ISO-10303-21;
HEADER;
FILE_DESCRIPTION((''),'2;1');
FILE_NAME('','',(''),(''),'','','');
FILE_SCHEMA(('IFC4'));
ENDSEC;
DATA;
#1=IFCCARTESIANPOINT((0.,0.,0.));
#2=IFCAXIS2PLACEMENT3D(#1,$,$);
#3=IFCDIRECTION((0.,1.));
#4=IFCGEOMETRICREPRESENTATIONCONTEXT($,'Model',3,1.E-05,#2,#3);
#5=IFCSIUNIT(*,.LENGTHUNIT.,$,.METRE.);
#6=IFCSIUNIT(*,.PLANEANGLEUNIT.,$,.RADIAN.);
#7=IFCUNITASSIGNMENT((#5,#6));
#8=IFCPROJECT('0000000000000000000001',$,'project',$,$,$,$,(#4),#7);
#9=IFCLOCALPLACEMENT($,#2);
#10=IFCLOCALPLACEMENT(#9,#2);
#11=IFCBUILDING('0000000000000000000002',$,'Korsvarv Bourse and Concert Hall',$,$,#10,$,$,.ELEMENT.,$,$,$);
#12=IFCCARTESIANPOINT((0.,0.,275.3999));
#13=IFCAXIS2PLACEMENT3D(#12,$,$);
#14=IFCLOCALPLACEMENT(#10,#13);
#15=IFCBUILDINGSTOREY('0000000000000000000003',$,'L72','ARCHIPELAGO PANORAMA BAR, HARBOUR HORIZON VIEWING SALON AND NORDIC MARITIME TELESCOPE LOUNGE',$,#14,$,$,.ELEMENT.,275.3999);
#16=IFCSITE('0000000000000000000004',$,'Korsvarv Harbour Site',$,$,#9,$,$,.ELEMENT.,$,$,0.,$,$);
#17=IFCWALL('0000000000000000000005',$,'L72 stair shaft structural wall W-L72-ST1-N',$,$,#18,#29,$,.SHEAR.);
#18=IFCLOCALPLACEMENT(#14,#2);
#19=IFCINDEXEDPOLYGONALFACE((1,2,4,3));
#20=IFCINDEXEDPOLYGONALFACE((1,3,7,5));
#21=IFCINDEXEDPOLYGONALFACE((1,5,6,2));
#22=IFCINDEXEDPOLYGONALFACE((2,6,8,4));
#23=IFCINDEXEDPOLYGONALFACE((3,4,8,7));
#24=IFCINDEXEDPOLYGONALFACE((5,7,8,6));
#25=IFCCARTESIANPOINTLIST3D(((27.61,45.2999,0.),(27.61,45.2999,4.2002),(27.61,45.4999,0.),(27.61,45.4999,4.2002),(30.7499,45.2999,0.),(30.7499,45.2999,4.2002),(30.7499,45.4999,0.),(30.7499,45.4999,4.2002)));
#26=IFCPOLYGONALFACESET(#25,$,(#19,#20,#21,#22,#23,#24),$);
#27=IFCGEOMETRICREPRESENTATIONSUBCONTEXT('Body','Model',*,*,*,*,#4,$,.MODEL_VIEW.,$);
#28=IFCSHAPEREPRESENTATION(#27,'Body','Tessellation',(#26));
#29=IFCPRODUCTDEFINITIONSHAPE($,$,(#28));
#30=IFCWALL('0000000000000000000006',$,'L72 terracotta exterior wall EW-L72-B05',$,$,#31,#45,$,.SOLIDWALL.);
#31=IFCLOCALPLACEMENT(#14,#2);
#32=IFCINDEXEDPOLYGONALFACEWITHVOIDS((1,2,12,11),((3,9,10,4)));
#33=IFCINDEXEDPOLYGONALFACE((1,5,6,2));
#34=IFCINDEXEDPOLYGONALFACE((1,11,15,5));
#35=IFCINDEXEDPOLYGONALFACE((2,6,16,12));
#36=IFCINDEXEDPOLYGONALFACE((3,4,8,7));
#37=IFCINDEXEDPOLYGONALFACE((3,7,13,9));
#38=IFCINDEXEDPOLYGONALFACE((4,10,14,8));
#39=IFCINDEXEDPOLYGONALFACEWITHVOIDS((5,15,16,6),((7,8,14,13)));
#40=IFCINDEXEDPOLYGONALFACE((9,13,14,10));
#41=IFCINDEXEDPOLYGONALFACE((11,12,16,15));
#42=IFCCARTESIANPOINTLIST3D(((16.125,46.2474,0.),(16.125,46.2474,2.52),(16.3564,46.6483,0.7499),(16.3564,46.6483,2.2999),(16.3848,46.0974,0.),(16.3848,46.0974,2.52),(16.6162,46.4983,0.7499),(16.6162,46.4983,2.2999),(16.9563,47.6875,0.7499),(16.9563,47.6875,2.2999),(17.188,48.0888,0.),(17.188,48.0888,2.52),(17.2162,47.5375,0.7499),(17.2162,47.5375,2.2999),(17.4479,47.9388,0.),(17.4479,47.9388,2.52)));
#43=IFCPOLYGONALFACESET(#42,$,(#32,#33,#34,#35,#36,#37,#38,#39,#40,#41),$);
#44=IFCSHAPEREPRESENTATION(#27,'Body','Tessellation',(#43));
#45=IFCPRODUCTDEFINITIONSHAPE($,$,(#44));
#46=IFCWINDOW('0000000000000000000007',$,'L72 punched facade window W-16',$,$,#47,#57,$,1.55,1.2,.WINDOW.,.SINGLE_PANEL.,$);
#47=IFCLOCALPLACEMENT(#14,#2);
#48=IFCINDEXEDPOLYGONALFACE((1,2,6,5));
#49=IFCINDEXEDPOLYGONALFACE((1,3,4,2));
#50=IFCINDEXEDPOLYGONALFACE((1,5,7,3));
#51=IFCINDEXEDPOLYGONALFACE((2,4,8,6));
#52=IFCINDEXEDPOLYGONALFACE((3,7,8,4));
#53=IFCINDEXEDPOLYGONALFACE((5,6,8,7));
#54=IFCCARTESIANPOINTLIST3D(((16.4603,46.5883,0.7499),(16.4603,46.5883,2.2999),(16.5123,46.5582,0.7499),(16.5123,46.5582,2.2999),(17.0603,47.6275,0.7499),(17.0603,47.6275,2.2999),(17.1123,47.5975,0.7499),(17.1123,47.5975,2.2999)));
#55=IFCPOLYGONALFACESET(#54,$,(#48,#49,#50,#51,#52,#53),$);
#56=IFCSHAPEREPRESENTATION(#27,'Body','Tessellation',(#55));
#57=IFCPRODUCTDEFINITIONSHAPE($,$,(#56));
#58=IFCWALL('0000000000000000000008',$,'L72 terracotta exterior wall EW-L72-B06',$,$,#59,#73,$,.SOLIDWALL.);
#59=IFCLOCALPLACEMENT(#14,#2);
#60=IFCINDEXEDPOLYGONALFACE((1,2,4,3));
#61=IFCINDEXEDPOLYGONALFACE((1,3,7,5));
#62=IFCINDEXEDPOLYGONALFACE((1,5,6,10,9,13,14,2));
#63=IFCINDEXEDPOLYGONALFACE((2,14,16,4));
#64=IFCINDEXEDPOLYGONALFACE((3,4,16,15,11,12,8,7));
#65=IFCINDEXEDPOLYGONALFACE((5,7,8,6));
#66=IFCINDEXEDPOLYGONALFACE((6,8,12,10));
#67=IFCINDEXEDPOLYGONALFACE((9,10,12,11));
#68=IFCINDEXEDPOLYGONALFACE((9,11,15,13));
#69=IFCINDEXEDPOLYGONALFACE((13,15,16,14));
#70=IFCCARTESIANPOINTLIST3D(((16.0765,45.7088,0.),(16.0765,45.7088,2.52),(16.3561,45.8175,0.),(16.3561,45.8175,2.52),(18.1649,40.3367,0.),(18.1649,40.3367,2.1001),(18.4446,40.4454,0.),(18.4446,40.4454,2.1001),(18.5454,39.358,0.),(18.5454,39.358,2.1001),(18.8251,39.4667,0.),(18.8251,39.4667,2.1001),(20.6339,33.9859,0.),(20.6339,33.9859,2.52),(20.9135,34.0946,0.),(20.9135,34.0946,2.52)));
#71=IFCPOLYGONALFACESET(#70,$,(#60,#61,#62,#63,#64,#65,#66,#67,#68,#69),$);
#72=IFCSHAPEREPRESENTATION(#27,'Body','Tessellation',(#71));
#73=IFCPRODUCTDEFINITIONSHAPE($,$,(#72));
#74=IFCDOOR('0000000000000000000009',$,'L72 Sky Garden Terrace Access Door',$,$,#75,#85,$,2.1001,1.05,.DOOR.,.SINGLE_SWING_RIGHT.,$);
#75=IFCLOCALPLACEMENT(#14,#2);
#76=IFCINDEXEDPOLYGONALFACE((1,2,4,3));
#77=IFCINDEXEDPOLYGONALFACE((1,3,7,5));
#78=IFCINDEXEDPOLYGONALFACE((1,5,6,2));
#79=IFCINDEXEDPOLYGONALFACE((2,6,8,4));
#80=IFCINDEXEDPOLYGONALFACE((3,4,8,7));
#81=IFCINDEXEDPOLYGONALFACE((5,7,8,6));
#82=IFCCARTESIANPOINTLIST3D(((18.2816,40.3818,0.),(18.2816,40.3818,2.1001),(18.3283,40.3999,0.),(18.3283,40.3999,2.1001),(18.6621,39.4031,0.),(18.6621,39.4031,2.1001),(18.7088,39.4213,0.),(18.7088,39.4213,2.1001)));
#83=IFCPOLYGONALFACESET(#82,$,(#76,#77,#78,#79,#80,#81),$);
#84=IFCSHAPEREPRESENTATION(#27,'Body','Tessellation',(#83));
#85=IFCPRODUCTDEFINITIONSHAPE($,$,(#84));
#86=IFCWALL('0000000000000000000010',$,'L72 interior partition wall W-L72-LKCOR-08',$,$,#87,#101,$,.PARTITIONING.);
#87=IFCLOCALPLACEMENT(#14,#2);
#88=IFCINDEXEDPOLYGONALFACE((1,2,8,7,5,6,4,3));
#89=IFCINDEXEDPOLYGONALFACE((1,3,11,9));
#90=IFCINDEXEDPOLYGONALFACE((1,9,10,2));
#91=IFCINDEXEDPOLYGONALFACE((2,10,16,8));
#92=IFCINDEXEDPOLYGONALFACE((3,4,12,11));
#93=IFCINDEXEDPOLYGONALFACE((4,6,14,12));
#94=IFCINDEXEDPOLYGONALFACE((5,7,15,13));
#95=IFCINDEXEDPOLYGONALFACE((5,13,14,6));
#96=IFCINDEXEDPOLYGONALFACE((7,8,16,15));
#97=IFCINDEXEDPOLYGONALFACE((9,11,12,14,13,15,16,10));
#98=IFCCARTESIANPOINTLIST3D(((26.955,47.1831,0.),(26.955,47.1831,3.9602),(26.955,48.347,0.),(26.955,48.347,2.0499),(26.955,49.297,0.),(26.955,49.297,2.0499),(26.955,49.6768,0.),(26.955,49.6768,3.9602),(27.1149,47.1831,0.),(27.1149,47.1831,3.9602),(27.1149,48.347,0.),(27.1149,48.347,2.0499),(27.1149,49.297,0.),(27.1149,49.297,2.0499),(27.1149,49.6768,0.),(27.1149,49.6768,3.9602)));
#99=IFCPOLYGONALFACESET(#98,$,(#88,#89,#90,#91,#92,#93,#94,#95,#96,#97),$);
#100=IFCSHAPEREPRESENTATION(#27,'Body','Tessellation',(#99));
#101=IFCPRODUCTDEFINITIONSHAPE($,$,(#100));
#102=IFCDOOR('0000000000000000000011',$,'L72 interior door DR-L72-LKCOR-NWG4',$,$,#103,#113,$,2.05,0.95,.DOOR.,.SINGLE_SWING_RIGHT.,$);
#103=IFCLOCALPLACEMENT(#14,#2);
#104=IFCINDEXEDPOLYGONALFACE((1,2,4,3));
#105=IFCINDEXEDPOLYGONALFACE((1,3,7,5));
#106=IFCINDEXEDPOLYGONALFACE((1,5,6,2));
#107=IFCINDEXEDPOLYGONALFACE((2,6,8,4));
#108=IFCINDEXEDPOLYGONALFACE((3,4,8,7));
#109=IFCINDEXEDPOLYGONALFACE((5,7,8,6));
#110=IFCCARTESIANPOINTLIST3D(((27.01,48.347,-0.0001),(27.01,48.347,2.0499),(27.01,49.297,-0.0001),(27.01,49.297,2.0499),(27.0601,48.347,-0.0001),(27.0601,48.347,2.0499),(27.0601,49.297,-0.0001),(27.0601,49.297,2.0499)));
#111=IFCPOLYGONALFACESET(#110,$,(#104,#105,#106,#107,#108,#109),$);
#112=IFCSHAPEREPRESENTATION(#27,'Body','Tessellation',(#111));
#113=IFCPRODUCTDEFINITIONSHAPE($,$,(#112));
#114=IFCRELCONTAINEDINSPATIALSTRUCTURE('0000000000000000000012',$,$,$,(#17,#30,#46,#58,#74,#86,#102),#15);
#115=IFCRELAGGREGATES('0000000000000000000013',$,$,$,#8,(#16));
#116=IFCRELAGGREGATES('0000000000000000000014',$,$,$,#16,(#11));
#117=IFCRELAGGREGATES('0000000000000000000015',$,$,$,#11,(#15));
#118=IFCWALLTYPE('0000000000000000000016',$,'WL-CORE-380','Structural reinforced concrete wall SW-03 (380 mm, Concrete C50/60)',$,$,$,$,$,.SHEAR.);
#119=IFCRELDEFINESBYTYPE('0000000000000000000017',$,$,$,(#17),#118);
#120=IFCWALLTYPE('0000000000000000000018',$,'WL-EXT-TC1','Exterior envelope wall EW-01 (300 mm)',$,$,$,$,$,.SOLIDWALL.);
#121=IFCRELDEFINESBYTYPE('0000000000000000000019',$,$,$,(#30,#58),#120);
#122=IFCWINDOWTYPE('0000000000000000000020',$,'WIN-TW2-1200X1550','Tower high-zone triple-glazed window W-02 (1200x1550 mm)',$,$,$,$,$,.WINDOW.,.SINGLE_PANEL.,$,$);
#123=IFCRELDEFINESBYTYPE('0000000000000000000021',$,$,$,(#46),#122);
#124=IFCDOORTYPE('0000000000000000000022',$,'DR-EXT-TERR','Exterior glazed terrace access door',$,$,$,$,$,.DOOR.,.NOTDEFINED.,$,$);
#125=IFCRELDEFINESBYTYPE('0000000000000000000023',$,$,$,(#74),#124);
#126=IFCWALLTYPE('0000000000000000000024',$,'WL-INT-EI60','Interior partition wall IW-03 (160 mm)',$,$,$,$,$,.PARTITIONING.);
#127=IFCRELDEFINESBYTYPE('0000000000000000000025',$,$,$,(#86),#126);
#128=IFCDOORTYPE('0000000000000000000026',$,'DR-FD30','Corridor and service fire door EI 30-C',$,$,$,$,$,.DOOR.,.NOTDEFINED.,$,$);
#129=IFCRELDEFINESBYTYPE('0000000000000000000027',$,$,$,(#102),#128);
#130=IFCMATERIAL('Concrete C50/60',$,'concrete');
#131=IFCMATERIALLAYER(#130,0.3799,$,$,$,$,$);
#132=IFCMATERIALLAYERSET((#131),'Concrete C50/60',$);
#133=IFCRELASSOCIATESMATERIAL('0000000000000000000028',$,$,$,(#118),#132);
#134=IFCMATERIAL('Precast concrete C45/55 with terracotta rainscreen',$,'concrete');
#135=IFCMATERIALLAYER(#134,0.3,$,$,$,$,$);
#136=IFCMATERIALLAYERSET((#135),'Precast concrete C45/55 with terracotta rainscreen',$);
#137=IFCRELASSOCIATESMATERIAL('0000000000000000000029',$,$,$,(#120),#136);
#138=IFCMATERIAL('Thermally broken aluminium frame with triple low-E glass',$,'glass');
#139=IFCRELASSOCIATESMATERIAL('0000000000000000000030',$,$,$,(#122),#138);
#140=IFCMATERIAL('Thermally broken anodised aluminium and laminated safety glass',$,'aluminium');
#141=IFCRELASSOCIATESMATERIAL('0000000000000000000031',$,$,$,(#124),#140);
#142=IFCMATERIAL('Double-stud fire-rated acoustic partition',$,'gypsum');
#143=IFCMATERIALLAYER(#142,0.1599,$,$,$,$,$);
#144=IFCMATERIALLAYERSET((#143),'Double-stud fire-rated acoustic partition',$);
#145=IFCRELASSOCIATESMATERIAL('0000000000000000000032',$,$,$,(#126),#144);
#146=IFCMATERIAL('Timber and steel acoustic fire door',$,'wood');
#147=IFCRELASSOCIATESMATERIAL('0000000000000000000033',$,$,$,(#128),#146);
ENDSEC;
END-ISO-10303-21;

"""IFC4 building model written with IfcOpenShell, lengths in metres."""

from ifc_helpers import new_model, si_unit, direction, frame, frame_2d, origin, place, context, subcontext, project, spatial, rectangle, extrude, material, layer, layer_set, type_object, element, fill, save


model = new_model("IFC4")

# Units and contexts
model_context = context("Model", 3, precision=1e-05, world=origin(), true_north=direction((0.0, 1.0)))
body_context = subcontext(model_context, "Body", "Model", "MODEL_VIEW")
ifc_project = project(units=[si_unit("LENGTHUNIT", "METRE"), si_unit("PLANEANGLEUNIT", "RADIAN")], contexts=[model_context])

# Site, building, storey
site_placement = place(None, origin())
site = spatial("IfcSite", under=ifc_project, at=site_placement, Name="Korsvarv Harbour Site", CompositionType="ELEMENT", RefElevation=0.0)
building_placement = place(site_placement, origin())
building = spatial("IfcBuilding", under=site, at=building_placement, Name="Korsvarv Bourse and Concert Hall", CompositionType="ELEMENT")
storey_placement = place(building_placement, frame((0.0, 0.0, 275.3999)))
storey = spatial("IfcBuildingStorey", under=building, at=storey_placement, Name="L72", Description="ARCHIPELAGO PANORAMA BAR, HARBOUR HORIZON VIEWING SALON AND NORDIC MARITIME TELESCOPE LOUNGE", CompositionType="ELEMENT", Elevation=275.3999)

# Shared definitions
ifc_material_1 = material(Name="Concrete C50/60", Category="concrete")

# Wall
ifc_layer_1 = layer(ifc_material_1, 0.3799)
ifc_layer_set_1 = layer_set([ifc_layer_1], Name="Concrete C50/60")
wall_type_1 = type_object("IfcWallType", Name="WL-CORE-380", Description="Structural reinforced concrete wall SW-03 (380 mm, Concrete C50/60)", PredefinedType="SHEAR", material=ifc_layer_set_1)
wall_1_placement = place(storey_placement, frame((27.6101, 45.3999, 0.0), z_axis=(0.0, 0.0, 1.0), x_axis=(1.0, 0.0, 0.0)))
element("IfcWall", 1, at=wall_1_placement, inside=storey, type_object=wall_type_1, Name="L72 stair shaft structural wall W-L72-ST1-N", PredefinedType="SHEAR", context=body_context, shape_type="SweptSolid", body=[
    extrude(rectangle(XDim=3.1399, YDim=0.2, at=frame_2d((1.5698, 0.0))), origin(), (0.0, 0.0, 1.0), 4.2002),
])

# Wall, opening, window
ifc_material_2 = material(Name="Precast concrete C45/55 with terracotta rainscreen", Category="concrete")
ifc_layer_2 = layer(ifc_material_2, 0.3)
ifc_layer_set_2 = layer_set([ifc_layer_2], Name="Precast concrete C45/55 with terracotta rainscreen")
wall_type_2 = type_object("IfcWallType", Name="WL-EXT-TC1", Description="Exterior envelope wall EW-01 (300 mm)", PredefinedType="SOLIDWALL", material=ifc_layer_set_2)
wall_2_placement = place(storey_placement, frame((17.3179, 48.0137, 0.0), z_axis=(0.0, 0.0, 1.0), x_axis=(-0.499968, -0.866044, 0.0)))
wall_2 = element("IfcWall", 2, at=wall_2_placement, inside=storey, type_object=wall_type_2, Name="L72 terracotta exterior wall EW-L72-B05", PredefinedType="SOLIDWALL", context=body_context, shape_type="SweptSolid", body=[
    extrude(rectangle(XDim=2.1262, YDim=0.3, at=frame_2d((1.063, 0.0))), origin(), (0.0, 0.0, 1.0), 2.52),
])
opening_1_placement = place(wall_2_placement, frame((0.4631, 0.0, 0.75)))
opening_1 = element("IfcOpeningElement", 3, at=opening_1_placement, cuts=wall_2, PredefinedType="OPENING", context=body_context, shape_type="SweptSolid", body=[
    extrude(rectangle(XDim=1.2, YDim=1.55, at=frame_2d((0.6001, 0.7749))), frame((0.0, 0.1602, 0.0), z_axis=(0.0, -1.0, 0.0), x_axis=(1.0, 0.0, 0.0)), (0.0, 0.0, 1.0), 0.3201),
])
ifc_material_3 = material(Name="Thermally broken aluminium frame with triple low-E glass", Category="glass")
window_type = type_object("IfcWindowType", Name="WIN-TW2-1200X1550", Description="Tower high-zone triple-glazed window W-02 (1200x1550 mm)", PartitioningType="SINGLE_PANEL", PredefinedType="WINDOW", material=ifc_material_3)
window_placement = place(opening_1_placement, origin())
window = element("IfcWindow", 4, at=window_placement, inside=storey, type_object=window_type, Name="L72 punched facade window W-16", OverallHeight=1.55, OverallWidth=1.2, PartitioningType="SINGLE_PANEL", PredefinedType="WINDOW", context=body_context, shape_type="SweptSolid", body=[
    extrude(rectangle(XDim=1.2, YDim=1.55, at=frame_2d((0.6001, 0.7749))), frame((0.0, 0.03, 0.0), z_axis=(0.0, -1.0, 0.0), x_axis=(1.0, 0.0, 0.0)), (0.0, 0.0, 1.0), 0.0601),
])
fill(opening_1, window)

# Walls, openings, doors
wall_3_placement = place(storey_placement, frame((16.2163, 45.7632, 0.0), z_axis=(0.0, 0.0, 1.0), x_axis=(0.36234, -0.932046, 0.0)))
wall_3 = element("IfcWall", 5, at=wall_3_placement, inside=storey, type_object=wall_type_2, Name="L72 terracotta exterior wall EW-L72-B06", PredefinedType="SOLIDWALL", context=body_context, shape_type="SweptSolid", body=[
    extrude(rectangle(XDim=12.5776, YDim=0.3, at=frame_2d((6.2888, 0.0))), origin(), (0.0, 0.0, 1.0), 2.52),
])
opening_2_placement = place(wall_3_placement, frame((5.7639, 0.0, 0.0)))
opening_2 = element("IfcOpeningElement", 6, at=opening_2_placement, cuts=wall_3, PredefinedType="OPENING", context=body_context, shape_type="SweptSolid", body=[
    extrude(rectangle(XDim=1.05, YDim=2.1001, at=frame_2d((0.5249, 1.05))), frame((0.0, 0.1602, 0.0), z_axis=(0.0, -1.0, 0.0), x_axis=(1.0, 0.0, 0.0)), (0.0, 0.0, 1.0), 0.3201),
])
ifc_material_4 = material(Name="Thermally broken anodised aluminium and laminated safety glass", Category="aluminium")
door_type_1 = type_object("IfcDoorType", Name="DR-EXT-TERR", Description="Exterior glazed terrace access door", OperationType="NOTDEFINED", PredefinedType="DOOR", material=ifc_material_4)
door_1_placement = place(opening_2_placement, frame((1.05, 0.0, 0.0), z_axis=(0.0, 0.0, 1.0), x_axis=(-1.0, 0.0, 0.0)))
door_1 = element("IfcDoor", 7, at=door_1_placement, inside=storey, type_object=door_type_1, Name="L72 Sky Garden Terrace Access Door", OperationType="SINGLE_SWING_RIGHT", OverallHeight=2.1001, OverallWidth=1.05, PredefinedType="DOOR", context=body_context, shape_type="SweptSolid", body=[
    extrude(rectangle(XDim=1.05, YDim=2.1001, at=frame_2d((0.5249, 1.05))), frame((0.0, 0.0249, 0.0), z_axis=(0.0, -1.0, 0.0), x_axis=(1.0, 0.0, 0.0)), (0.0, 0.0, 1.0), 0.05),
])
fill(opening_2, door_1)
ifc_material_5 = material(Name="Double-stud fire-rated acoustic partition", Category="gypsum")
ifc_layer_3 = layer(ifc_material_5, 0.1599)
ifc_layer_set_3 = layer_set([ifc_layer_3], Name="Double-stud fire-rated acoustic partition")
wall_type_3 = type_object("IfcWallType", Name="WL-INT-EI60", Description="Interior partition wall IW-03 (160 mm)", PredefinedType="PARTITIONING", material=ifc_layer_set_3)
wall_4_placement = place(storey_placement, frame((27.0349, 47.1831, 0.0), z_axis=(0.0, 0.0, 1.0), x_axis=(0.0, 1.0, 0.0)))
wall_4 = element("IfcWall", 8, at=wall_4_placement, inside=storey, type_object=wall_type_3, Name="L72 interior partition wall W-L72-LKCOR-08", PredefinedType="PARTITIONING", context=body_context, shape_type="SweptSolid", body=[
    extrude(rectangle(XDim=2.4937, YDim=0.1599, at=frame_2d((1.2468, 0.0))), origin(), (0.0, 0.0, 1.0), 3.9602),
])
opening_3_placement = place(wall_4_placement, frame((1.1638, 0.0, 0.0)))
opening_3 = element("IfcOpeningElement", 9, at=opening_3_placement, cuts=wall_4, PredefinedType="OPENING", context=body_context, shape_type="SweptSolid", body=[
    extrude(rectangle(XDim=0.95, YDim=2.05, at=frame_2d((0.4751, 1.0249))), frame((0.0, 0.0898, 0.0), z_axis=(0.0, -1.0, 0.0), x_axis=(1.0, 0.0, 0.0)), (0.0, 0.0, 1.0), 0.1799),
])
ifc_material_6 = material(Name="Timber and steel acoustic fire door", Category="wood")
door_type_2 = type_object("IfcDoorType", Name="DR-FD30", Description="Corridor and service fire door EI 30-C", OperationType="NOTDEFINED", PredefinedType="DOOR", material=ifc_material_6)
door_2_placement = place(opening_3_placement, origin())
door_2 = element("IfcDoor", 10, at=door_2_placement, inside=storey, type_object=door_type_2, Name="L72 interior door DR-L72-LKCOR-NWG4", OperationType="SINGLE_SWING_RIGHT", OverallHeight=2.05, OverallWidth=0.95, PredefinedType="DOOR", context=body_context, shape_type="SweptSolid", body=[
    extrude(rectangle(XDim=0.95, YDim=2.05, at=frame_2d((0.4751, 1.0249))), frame((0.0, 0.0249, 0.0), z_axis=(0.0, -1.0, 0.0), x_axis=(1.0, 0.0, 0.0)), (0.0, 0.0, 1.0), 0.05),
])
fill(opening_3, door_2)

save(model, "model.ifc")
